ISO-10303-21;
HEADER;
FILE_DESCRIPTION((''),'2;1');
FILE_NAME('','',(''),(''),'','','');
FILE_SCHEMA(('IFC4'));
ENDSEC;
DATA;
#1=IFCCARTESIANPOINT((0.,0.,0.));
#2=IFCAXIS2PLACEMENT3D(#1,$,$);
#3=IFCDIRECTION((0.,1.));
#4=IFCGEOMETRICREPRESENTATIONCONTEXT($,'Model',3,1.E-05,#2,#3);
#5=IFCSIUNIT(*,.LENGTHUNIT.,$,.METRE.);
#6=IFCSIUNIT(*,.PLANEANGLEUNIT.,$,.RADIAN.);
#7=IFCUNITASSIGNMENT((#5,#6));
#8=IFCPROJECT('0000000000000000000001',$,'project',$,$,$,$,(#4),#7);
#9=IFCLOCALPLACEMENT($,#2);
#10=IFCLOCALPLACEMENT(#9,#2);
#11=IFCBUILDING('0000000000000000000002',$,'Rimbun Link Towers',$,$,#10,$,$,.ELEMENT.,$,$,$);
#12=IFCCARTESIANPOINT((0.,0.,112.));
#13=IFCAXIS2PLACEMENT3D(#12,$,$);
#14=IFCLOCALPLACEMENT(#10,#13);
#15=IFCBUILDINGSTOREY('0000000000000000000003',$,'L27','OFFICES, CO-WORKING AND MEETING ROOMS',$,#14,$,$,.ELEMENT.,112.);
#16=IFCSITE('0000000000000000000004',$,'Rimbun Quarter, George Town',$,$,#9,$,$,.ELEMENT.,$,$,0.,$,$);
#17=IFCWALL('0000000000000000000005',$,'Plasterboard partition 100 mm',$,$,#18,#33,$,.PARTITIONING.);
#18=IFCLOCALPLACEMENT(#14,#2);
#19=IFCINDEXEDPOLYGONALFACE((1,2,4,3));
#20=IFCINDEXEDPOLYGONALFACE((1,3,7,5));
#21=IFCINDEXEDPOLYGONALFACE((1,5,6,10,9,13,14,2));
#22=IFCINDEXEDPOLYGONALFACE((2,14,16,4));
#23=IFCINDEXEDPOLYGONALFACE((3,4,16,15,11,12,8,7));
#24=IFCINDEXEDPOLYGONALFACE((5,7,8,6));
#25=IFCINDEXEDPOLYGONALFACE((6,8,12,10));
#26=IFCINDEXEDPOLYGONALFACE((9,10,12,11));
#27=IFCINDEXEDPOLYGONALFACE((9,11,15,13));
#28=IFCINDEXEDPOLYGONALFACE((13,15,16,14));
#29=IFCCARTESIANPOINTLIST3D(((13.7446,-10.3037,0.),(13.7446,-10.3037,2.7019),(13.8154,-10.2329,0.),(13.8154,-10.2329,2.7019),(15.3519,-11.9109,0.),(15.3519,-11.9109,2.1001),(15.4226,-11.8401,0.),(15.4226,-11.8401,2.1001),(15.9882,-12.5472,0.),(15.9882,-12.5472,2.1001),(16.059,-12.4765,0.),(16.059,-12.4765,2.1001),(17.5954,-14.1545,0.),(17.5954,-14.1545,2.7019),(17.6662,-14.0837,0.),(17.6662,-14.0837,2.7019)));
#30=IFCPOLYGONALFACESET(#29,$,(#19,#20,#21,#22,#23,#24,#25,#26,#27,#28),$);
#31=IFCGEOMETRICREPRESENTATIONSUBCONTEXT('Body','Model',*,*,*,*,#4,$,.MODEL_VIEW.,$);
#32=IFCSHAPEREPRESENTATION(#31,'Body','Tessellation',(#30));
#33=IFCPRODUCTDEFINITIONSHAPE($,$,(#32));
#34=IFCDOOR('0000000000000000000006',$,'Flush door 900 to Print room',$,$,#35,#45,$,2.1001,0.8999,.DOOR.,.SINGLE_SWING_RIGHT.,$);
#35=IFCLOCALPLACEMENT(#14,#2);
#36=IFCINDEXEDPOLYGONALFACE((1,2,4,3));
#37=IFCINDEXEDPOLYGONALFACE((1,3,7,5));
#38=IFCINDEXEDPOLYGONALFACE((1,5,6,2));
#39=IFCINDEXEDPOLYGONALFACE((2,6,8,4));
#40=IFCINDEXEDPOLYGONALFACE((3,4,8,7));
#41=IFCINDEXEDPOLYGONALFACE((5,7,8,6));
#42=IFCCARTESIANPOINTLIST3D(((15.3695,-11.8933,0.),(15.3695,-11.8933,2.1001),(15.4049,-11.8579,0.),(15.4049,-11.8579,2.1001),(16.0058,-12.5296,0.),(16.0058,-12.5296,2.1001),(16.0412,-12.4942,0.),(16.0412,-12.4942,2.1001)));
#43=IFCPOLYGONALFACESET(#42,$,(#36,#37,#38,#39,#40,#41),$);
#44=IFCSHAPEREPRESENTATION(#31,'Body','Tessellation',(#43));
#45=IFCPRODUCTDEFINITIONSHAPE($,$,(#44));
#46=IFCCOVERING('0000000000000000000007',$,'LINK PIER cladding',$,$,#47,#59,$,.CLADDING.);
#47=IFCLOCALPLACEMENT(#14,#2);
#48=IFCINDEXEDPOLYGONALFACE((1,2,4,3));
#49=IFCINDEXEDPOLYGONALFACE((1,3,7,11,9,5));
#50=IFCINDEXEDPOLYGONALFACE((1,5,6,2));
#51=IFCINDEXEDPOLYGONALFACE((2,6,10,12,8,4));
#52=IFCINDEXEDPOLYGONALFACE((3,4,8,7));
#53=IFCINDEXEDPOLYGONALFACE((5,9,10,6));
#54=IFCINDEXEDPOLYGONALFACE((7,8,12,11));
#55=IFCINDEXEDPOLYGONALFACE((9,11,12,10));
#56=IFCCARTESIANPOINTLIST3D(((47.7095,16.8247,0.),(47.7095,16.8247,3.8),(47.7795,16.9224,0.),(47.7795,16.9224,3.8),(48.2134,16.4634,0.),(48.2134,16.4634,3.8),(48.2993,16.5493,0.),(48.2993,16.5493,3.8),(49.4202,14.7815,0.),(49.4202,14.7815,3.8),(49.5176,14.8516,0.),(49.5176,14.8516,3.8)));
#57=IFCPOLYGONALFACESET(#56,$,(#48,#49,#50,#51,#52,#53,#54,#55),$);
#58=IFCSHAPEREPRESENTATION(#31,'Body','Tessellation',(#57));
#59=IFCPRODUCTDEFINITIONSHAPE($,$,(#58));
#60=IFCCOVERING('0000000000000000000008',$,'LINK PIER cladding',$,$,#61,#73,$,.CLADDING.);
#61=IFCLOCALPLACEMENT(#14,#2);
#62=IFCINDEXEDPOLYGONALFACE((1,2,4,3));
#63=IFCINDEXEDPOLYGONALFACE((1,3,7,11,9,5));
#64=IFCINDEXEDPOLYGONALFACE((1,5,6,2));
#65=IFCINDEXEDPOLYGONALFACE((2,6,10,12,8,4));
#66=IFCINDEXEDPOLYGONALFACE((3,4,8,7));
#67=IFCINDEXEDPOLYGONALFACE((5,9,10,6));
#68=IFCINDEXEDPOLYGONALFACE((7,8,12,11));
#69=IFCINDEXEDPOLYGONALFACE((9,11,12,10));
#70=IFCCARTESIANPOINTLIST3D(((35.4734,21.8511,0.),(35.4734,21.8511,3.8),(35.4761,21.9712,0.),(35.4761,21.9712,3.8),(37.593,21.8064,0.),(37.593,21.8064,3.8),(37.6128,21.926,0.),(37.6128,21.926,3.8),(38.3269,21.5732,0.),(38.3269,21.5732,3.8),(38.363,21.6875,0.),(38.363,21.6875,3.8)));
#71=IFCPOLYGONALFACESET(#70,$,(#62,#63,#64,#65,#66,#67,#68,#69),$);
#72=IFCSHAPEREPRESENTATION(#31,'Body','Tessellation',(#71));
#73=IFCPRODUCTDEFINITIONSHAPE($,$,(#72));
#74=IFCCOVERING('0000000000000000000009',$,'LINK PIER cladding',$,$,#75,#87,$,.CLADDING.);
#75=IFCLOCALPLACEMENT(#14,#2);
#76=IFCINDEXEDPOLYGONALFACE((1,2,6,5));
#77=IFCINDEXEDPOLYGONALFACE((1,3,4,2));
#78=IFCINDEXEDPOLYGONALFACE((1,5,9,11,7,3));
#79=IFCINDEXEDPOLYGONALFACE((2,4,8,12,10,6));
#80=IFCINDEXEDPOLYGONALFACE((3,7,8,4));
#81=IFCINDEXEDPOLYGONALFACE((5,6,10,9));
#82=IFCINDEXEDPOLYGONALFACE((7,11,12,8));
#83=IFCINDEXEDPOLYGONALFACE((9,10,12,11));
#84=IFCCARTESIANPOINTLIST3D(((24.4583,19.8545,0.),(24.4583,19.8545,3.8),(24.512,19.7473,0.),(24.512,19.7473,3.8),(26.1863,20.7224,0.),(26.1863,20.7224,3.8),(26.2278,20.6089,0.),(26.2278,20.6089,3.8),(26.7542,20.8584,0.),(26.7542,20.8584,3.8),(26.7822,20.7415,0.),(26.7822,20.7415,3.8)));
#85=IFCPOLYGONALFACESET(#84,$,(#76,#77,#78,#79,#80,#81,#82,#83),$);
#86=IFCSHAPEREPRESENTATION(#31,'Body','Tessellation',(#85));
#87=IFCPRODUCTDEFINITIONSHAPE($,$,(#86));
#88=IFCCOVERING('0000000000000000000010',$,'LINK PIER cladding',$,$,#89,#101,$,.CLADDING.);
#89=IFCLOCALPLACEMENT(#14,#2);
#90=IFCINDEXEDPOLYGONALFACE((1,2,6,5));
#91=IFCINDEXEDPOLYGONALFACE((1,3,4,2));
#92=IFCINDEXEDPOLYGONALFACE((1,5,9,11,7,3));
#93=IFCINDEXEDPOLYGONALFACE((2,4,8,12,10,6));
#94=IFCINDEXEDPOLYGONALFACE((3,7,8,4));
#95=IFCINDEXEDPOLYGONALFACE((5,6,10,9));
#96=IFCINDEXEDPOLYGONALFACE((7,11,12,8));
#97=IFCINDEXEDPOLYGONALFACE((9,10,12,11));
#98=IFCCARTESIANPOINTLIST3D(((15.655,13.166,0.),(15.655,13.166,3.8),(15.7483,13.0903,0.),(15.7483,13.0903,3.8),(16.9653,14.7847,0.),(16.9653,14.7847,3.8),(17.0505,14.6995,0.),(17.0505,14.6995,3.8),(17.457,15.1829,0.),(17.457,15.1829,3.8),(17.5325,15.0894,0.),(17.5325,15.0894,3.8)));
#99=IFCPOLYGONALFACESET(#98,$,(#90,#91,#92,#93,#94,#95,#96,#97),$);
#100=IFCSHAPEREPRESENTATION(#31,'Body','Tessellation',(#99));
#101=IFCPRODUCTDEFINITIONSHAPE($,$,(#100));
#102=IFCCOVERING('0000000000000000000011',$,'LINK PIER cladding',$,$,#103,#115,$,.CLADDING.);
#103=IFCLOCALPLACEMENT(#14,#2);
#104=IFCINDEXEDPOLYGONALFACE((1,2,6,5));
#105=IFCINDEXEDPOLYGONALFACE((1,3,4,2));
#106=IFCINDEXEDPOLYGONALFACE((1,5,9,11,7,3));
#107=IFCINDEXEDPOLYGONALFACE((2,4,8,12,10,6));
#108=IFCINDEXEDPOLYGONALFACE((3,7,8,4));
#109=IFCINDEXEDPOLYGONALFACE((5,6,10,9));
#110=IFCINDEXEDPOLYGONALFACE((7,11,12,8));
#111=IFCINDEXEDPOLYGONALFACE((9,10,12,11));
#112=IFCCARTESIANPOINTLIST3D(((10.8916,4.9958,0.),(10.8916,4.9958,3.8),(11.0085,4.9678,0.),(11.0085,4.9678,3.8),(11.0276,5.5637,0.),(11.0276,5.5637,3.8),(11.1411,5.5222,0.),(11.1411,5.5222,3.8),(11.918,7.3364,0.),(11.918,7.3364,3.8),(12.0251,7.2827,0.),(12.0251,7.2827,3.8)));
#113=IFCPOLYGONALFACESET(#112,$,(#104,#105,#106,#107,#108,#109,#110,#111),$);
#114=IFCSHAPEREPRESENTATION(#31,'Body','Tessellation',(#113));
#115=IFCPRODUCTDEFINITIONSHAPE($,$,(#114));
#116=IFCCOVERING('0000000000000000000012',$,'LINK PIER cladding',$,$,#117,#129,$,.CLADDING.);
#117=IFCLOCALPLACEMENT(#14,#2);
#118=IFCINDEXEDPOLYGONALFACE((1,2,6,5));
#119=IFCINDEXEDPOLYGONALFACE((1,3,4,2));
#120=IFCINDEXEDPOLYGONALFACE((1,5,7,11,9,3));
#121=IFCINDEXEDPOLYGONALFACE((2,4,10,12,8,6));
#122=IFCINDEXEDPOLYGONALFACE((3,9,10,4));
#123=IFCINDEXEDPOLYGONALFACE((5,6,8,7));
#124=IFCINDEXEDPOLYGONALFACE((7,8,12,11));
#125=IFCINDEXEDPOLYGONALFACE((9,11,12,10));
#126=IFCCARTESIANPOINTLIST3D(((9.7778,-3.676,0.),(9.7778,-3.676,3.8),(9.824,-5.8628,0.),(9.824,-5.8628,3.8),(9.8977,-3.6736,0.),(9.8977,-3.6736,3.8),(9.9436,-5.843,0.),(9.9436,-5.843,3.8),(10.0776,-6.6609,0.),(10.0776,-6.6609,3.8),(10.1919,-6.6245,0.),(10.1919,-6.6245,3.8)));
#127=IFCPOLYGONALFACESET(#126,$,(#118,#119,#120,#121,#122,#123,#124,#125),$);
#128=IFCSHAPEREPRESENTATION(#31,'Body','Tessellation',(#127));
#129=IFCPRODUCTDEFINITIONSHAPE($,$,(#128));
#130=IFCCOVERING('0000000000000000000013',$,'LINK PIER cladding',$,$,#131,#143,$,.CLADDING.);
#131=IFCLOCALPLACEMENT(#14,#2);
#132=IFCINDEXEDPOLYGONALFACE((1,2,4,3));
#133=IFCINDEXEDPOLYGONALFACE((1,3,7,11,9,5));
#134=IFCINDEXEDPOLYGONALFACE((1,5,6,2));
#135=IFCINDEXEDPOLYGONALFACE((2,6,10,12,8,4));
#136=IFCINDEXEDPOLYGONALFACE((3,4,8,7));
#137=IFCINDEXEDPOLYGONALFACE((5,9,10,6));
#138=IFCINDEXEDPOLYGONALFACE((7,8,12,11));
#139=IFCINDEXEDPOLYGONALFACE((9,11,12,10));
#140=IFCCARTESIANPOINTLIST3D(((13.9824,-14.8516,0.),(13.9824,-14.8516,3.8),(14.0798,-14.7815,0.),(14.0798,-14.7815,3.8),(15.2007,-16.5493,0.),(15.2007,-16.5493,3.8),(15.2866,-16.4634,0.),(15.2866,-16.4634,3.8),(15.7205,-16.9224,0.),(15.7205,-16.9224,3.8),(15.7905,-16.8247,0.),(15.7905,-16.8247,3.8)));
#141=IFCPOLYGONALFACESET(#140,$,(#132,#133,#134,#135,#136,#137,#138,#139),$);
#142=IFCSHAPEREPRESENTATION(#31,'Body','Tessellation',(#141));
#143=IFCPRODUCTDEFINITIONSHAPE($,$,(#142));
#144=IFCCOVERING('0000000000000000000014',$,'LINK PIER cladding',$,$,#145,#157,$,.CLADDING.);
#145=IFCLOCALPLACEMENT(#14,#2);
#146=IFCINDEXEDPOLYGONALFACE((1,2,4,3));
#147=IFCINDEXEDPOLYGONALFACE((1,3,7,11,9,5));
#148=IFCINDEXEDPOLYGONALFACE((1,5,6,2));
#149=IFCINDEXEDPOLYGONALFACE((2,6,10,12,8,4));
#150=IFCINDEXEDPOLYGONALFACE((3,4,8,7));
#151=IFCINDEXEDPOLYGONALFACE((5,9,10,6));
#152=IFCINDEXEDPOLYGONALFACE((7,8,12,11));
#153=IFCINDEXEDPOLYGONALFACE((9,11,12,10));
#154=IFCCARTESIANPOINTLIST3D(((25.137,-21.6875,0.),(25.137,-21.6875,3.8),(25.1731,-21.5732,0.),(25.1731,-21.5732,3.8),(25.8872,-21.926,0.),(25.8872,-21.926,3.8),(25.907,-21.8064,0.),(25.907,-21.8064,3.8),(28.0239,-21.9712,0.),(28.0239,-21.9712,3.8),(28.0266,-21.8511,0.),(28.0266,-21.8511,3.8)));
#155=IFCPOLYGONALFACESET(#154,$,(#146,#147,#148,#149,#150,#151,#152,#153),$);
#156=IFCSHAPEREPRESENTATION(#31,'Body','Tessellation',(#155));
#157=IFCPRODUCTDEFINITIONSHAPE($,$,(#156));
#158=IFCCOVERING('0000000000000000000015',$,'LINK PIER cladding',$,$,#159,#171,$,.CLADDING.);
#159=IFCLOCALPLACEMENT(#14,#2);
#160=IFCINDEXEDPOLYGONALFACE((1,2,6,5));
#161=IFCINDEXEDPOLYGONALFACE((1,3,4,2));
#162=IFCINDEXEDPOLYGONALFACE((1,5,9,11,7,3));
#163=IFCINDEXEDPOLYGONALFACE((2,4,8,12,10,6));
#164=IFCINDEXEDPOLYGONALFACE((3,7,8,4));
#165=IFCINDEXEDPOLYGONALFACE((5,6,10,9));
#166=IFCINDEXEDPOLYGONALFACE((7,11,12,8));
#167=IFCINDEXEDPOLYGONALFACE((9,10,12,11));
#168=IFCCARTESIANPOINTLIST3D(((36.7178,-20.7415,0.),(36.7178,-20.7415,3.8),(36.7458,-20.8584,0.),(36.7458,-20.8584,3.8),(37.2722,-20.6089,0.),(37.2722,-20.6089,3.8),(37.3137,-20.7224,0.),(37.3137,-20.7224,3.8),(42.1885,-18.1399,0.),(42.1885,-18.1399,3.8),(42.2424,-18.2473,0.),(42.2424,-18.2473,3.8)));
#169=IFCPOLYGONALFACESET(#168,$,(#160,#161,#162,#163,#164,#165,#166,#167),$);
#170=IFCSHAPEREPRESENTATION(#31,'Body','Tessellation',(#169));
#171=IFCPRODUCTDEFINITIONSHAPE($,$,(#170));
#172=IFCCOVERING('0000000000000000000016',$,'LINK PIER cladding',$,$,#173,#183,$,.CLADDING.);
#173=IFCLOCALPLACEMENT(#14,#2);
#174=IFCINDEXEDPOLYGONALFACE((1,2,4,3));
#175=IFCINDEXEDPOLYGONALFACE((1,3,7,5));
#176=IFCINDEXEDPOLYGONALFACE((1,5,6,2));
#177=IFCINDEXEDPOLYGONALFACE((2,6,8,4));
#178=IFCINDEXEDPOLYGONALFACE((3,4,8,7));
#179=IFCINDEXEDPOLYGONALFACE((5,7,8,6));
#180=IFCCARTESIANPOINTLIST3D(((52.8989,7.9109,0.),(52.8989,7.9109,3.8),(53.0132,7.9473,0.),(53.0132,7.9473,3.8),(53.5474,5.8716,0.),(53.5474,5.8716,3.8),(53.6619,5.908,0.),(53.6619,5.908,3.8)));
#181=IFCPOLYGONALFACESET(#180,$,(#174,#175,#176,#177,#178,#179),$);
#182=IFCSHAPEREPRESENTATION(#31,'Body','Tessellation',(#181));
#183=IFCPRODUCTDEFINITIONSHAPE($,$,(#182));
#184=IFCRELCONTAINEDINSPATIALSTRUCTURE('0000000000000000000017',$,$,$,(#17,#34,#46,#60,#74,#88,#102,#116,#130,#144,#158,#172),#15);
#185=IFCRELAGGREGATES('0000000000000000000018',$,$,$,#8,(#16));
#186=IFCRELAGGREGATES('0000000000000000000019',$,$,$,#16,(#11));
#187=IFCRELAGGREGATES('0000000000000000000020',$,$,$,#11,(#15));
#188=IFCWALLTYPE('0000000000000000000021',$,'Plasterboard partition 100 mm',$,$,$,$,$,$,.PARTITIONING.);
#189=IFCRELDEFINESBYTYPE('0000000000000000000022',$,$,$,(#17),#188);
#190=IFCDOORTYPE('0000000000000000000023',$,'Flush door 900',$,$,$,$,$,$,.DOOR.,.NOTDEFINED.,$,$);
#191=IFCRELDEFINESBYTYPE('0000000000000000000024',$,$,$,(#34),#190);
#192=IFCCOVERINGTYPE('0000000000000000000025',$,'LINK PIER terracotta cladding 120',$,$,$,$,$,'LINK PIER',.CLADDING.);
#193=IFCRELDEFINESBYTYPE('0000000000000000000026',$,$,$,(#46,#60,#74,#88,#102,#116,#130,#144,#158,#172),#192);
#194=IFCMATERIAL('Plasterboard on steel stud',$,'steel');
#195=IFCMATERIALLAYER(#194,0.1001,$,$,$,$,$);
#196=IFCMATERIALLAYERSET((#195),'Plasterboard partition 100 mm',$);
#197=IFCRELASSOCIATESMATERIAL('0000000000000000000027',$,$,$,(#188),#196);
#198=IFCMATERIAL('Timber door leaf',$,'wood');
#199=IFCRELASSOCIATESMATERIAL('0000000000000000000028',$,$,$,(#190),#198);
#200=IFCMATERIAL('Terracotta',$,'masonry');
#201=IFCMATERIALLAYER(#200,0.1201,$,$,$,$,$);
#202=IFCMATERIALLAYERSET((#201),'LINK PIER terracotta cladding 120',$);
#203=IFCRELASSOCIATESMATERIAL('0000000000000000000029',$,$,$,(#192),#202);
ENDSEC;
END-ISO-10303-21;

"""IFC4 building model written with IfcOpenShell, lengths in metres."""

from ifc_helpers import new_model, si_unit, direction, frame, frame_2d, origin, place, context, subcontext, project, spatial, polyline, rectangle, outline, extrude, material, layer, layer_set, type_object, element, fill, save


model = new_model("IFC4")

# Units and contexts
model_context = context("Model", 3, precision=1e-05, world=origin(), true_north=direction((0.0, 1.0)))
body_context = subcontext(model_context, "Body", "Model", "MODEL_VIEW")
ifc_project = project(units=[si_unit("LENGTHUNIT", "METRE"), si_unit("PLANEANGLEUNIT", "RADIAN")], contexts=[model_context])

# Site, building, storey
site_placement = place(None, origin())
site = spatial("IfcSite", under=ifc_project, at=site_placement, Name="Rimbun Quarter, George Town", CompositionType="ELEMENT", RefElevation=0.0)
building_placement = place(site_placement, origin())
building = spatial("IfcBuilding", under=site, at=building_placement, Name="Rimbun Link Towers", CompositionType="ELEMENT")
storey_placement = place(building_placement, frame((0.0, 0.0, 112.0)))
storey = spatial("IfcBuildingStorey", under=building, at=storey_placement, Name="L27", Description="OFFICES, CO-WORKING AND MEETING ROOMS", CompositionType="ELEMENT", Elevation=112.0)

# Wall, opening, door
ifc_material_1 = material(Name="Plasterboard on steel stud", Category="steel")
ifc_layer_1 = layer(ifc_material_1, 0.1001)
ifc_layer_set_1 = layer_set([ifc_layer_1], Name="Plasterboard partition 100 mm")
wall_type = type_object("IfcWallType", Name="Plasterboard partition 100 mm", PredefinedType="PARTITIONING", material=ifc_layer_set_1)
wall_1_placement = place(storey_placement, frame((13.78, -10.2683, 0.0), z_axis=(0.0, 0.0, 1.0), x_axis=(0.707107, -0.707107, 0.0)))
wall_1 = element("IfcWall", 1, at=wall_1_placement, inside=storey, type_object=wall_type, Name="Plasterboard partition 100 mm", PredefinedType="PARTITIONING", context=body_context, shape_type="SweptSolid", body=[
    extrude(rectangle(XDim=5.4458, YDim=0.1001, at=frame_2d((2.7229, 0.0))), origin(), (0.0, 0.0, 1.0), 2.7019),
])
opening_1_placement = place(wall_1_placement, frame((2.2729, 0.0, 0.0)))
opening_1 = element("IfcOpeningElement", 2, at=opening_1_placement, cuts=wall_1, PredefinedType="OPENING", context=body_context, shape_type="SweptSolid", body=[
    extrude(rectangle(XDim=0.8999, YDim=2.1001, at=frame_2d((0.45, 1.05))), frame((0.0, 0.0601, 0.0), z_axis=(0.0, -1.0, 0.0), x_axis=(1.0, 0.0, 0.0)), (0.0, 0.0, 1.0), 0.1201),
])
ifc_material_2 = material(Name="Timber door leaf", Category="wood")
door_type_1 = type_object("IfcDoorType", Name="Flush door 900", OperationType="NOTDEFINED", PredefinedType="DOOR", material=ifc_material_2)
door_1_placement = place(opening_1_placement, origin())
door_1 = element("IfcDoor", 3, at=door_1_placement, inside=storey, type_object=door_type_1, Name="Flush door 900 to Print room", OperationType="SINGLE_SWING_RIGHT", OverallHeight=2.1001, OverallWidth=0.8999, PredefinedType="DOOR", context=body_context, shape_type="SweptSolid", body=[
    extrude(rectangle(XDim=0.8999, YDim=2.1001, at=frame_2d((0.45, 1.05))), frame((0.0, 0.0249, 0.0), z_axis=(0.0, -1.0, 0.0), x_axis=(1.0, 0.0, 0.0)), (0.0, 0.0, 1.0), 0.05),
])
fill(opening_1, door_1)

# Coverings
ifc_material_3 = material(Name="Terracotta", Category="masonry")
ifc_layer_2 = layer(ifc_material_3, 0.1201)
ifc_layer_set_2 = layer_set([ifc_layer_2], Name="LINK PIER terracotta cladding 120")
covering_type_1 = type_object("IfcCoveringType", Name="LINK PIER terracotta cladding 120", ElementType="LINK PIER", PredefinedType="CLADDING", material=ifc_layer_set_2)
covering_1_placement = place(storey_placement, origin())
element("IfcCovering", 4, at=covering_1_placement, inside=storey, type_object=covering_type_1, Name="LINK PIER cladding", PredefinedType="CLADDING", context=body_context, shape_type="SweptSolid", body=[
    extrude(outline(polyline([(47.7095, 16.8247), (48.2134, 16.4634), (49.4202, 14.7815), (49.5176, 14.8516), (48.2993, 16.5493), (47.7795, 16.9224), (47.7095, 16.8247)])), origin(), (0.0, 0.0, 1.0), 3.8),
])
covering_2_placement = place(storey_placement, origin())
element("IfcCovering", 5, at=covering_2_placement, inside=storey, type_object=covering_type_1, Name="LINK PIER cladding", PredefinedType="CLADDING", context=body_context, shape_type="SweptSolid", body=[
    extrude(outline(polyline([(35.4734, 21.8511), (37.593, 21.8064), (38.3269, 21.5732), (38.363, 21.6875), (37.6128, 21.926), (35.4761, 21.9712), (35.4734, 21.8511)])), origin(), (0.0, 0.0, 1.0), 3.8),
])
covering_3_placement = place(storey_placement, origin())
element("IfcCovering", 6, at=covering_3_placement, inside=storey, type_object=covering_type_1, Name="LINK PIER cladding", PredefinedType="CLADDING", context=body_context, shape_type="SweptSolid", body=[
    extrude(outline(polyline([(24.512, 19.7473), (26.2278, 20.6089), (26.7822, 20.7415), (26.7542, 20.8584), (26.1863, 20.7224), (24.4583, 19.8545), (24.512, 19.7473)])), origin(), (0.0, 0.0, 1.0), 3.8),
])
covering_4_placement = place(storey_placement, origin())
element("IfcCovering", 7, at=covering_4_placement, inside=storey, type_object=covering_type_1, Name="LINK PIER cladding", PredefinedType="CLADDING", context=body_context, shape_type="SweptSolid", body=[
    extrude(outline(polyline([(15.7483, 13.0903), (17.0505, 14.6995), (17.5325, 15.0894), (17.457, 15.1829), (16.9653, 14.7847), (15.655, 13.166), (15.7483, 13.0903)])), origin(), (0.0, 0.0, 1.0), 3.8),
])
covering_5_placement = place(storey_placement, origin())
element("IfcCovering", 8, at=covering_5_placement, inside=storey, type_object=covering_type_1, Name="LINK PIER cladding", PredefinedType="CLADDING", context=body_context, shape_type="SweptSolid", body=[
    extrude(outline(polyline([(11.0085, 4.9678), (11.1411, 5.5222), (12.0251, 7.2827), (11.918, 7.3364), (11.0276, 5.5637), (10.8916, 4.9958), (11.0085, 4.9678)])), origin(), (0.0, 0.0, 1.0), 3.8),
])
covering_6_placement = place(storey_placement, origin())
element("IfcCovering", 9, at=covering_6_placement, inside=storey, type_object=covering_type_1, Name="LINK PIER cladding", PredefinedType="CLADDING", context=body_context, shape_type="SweptSolid", body=[
    extrude(outline(polyline([(10.1919, -6.6245), (9.9436, -5.843), (9.8977, -3.6736), (9.7778, -3.676), (9.824, -5.8628), (10.0776, -6.6609), (10.1919, -6.6245)])), origin(), (0.0, 0.0, 1.0), 3.8),
])
covering_7_placement = place(storey_placement, origin())
element("IfcCovering", 10, at=covering_7_placement, inside=storey, type_object=covering_type_1, Name="LINK PIER cladding", PredefinedType="CLADDING", context=body_context, shape_type="SweptSolid", body=[
    extrude(outline(polyline([(15.7905, -16.8247), (15.2866, -16.4634), (14.0798, -14.7815), (13.9824, -14.8516), (15.2007, -16.5493), (15.7205, -16.9224), (15.7905, -16.8247)])), origin(), (0.0, 0.0, 1.0), 3.8),
])
covering_8_placement = place(storey_placement, origin())
element("IfcCovering", 11, at=covering_8_placement, inside=storey, type_object=covering_type_1, Name="LINK PIER cladding", PredefinedType="CLADDING", context=body_context, shape_type="SweptSolid", body=[
    extrude(outline(polyline([(28.0266, -21.8511), (25.907, -21.8064), (25.1731, -21.5732), (25.137, -21.6875), (25.8872, -21.926), (28.0239, -21.9712), (28.0266, -21.8511)])), origin(), (0.0, 0.0, 1.0), 3.8),
])
covering_9_placement = place(storey_placement, origin())
element("IfcCovering", 12, at=covering_9_placement, inside=storey, type_object=covering_type_1, Name="LINK PIER cladding", PredefinedType="CLADDING", context=body_context, shape_type="SweptSolid", body=[
    extrude(outline(polyline([(42.1885, -18.1399), (37.2722, -20.6089), (36.7178, -20.7415), (36.7458, -20.8584), (37.3137, -20.7224), (42.2424, -18.2473), (42.1885, -18.1399)])), origin(), (0.0, 0.0, 1.0), 3.8),
])
covering_10_placement = place(storey_placement, origin())
element("IfcCovering", 13, at=covering_10_placement, inside=storey, type_object=covering_type_1, Name="LINK PIER cladding", PredefinedType="CLADDING", context=body_context, shape_type="SweptSolid", body=[
    extrude(outline(polyline([(52.8989, 7.9109), (53.5474, 5.8716), (53.6619, 5.908), (53.0132, 7.9473), (52.8989, 7.9109)])), origin(), (0.0, 0.0, 1.0), 3.8),
])

save(model, "model.ifc")
